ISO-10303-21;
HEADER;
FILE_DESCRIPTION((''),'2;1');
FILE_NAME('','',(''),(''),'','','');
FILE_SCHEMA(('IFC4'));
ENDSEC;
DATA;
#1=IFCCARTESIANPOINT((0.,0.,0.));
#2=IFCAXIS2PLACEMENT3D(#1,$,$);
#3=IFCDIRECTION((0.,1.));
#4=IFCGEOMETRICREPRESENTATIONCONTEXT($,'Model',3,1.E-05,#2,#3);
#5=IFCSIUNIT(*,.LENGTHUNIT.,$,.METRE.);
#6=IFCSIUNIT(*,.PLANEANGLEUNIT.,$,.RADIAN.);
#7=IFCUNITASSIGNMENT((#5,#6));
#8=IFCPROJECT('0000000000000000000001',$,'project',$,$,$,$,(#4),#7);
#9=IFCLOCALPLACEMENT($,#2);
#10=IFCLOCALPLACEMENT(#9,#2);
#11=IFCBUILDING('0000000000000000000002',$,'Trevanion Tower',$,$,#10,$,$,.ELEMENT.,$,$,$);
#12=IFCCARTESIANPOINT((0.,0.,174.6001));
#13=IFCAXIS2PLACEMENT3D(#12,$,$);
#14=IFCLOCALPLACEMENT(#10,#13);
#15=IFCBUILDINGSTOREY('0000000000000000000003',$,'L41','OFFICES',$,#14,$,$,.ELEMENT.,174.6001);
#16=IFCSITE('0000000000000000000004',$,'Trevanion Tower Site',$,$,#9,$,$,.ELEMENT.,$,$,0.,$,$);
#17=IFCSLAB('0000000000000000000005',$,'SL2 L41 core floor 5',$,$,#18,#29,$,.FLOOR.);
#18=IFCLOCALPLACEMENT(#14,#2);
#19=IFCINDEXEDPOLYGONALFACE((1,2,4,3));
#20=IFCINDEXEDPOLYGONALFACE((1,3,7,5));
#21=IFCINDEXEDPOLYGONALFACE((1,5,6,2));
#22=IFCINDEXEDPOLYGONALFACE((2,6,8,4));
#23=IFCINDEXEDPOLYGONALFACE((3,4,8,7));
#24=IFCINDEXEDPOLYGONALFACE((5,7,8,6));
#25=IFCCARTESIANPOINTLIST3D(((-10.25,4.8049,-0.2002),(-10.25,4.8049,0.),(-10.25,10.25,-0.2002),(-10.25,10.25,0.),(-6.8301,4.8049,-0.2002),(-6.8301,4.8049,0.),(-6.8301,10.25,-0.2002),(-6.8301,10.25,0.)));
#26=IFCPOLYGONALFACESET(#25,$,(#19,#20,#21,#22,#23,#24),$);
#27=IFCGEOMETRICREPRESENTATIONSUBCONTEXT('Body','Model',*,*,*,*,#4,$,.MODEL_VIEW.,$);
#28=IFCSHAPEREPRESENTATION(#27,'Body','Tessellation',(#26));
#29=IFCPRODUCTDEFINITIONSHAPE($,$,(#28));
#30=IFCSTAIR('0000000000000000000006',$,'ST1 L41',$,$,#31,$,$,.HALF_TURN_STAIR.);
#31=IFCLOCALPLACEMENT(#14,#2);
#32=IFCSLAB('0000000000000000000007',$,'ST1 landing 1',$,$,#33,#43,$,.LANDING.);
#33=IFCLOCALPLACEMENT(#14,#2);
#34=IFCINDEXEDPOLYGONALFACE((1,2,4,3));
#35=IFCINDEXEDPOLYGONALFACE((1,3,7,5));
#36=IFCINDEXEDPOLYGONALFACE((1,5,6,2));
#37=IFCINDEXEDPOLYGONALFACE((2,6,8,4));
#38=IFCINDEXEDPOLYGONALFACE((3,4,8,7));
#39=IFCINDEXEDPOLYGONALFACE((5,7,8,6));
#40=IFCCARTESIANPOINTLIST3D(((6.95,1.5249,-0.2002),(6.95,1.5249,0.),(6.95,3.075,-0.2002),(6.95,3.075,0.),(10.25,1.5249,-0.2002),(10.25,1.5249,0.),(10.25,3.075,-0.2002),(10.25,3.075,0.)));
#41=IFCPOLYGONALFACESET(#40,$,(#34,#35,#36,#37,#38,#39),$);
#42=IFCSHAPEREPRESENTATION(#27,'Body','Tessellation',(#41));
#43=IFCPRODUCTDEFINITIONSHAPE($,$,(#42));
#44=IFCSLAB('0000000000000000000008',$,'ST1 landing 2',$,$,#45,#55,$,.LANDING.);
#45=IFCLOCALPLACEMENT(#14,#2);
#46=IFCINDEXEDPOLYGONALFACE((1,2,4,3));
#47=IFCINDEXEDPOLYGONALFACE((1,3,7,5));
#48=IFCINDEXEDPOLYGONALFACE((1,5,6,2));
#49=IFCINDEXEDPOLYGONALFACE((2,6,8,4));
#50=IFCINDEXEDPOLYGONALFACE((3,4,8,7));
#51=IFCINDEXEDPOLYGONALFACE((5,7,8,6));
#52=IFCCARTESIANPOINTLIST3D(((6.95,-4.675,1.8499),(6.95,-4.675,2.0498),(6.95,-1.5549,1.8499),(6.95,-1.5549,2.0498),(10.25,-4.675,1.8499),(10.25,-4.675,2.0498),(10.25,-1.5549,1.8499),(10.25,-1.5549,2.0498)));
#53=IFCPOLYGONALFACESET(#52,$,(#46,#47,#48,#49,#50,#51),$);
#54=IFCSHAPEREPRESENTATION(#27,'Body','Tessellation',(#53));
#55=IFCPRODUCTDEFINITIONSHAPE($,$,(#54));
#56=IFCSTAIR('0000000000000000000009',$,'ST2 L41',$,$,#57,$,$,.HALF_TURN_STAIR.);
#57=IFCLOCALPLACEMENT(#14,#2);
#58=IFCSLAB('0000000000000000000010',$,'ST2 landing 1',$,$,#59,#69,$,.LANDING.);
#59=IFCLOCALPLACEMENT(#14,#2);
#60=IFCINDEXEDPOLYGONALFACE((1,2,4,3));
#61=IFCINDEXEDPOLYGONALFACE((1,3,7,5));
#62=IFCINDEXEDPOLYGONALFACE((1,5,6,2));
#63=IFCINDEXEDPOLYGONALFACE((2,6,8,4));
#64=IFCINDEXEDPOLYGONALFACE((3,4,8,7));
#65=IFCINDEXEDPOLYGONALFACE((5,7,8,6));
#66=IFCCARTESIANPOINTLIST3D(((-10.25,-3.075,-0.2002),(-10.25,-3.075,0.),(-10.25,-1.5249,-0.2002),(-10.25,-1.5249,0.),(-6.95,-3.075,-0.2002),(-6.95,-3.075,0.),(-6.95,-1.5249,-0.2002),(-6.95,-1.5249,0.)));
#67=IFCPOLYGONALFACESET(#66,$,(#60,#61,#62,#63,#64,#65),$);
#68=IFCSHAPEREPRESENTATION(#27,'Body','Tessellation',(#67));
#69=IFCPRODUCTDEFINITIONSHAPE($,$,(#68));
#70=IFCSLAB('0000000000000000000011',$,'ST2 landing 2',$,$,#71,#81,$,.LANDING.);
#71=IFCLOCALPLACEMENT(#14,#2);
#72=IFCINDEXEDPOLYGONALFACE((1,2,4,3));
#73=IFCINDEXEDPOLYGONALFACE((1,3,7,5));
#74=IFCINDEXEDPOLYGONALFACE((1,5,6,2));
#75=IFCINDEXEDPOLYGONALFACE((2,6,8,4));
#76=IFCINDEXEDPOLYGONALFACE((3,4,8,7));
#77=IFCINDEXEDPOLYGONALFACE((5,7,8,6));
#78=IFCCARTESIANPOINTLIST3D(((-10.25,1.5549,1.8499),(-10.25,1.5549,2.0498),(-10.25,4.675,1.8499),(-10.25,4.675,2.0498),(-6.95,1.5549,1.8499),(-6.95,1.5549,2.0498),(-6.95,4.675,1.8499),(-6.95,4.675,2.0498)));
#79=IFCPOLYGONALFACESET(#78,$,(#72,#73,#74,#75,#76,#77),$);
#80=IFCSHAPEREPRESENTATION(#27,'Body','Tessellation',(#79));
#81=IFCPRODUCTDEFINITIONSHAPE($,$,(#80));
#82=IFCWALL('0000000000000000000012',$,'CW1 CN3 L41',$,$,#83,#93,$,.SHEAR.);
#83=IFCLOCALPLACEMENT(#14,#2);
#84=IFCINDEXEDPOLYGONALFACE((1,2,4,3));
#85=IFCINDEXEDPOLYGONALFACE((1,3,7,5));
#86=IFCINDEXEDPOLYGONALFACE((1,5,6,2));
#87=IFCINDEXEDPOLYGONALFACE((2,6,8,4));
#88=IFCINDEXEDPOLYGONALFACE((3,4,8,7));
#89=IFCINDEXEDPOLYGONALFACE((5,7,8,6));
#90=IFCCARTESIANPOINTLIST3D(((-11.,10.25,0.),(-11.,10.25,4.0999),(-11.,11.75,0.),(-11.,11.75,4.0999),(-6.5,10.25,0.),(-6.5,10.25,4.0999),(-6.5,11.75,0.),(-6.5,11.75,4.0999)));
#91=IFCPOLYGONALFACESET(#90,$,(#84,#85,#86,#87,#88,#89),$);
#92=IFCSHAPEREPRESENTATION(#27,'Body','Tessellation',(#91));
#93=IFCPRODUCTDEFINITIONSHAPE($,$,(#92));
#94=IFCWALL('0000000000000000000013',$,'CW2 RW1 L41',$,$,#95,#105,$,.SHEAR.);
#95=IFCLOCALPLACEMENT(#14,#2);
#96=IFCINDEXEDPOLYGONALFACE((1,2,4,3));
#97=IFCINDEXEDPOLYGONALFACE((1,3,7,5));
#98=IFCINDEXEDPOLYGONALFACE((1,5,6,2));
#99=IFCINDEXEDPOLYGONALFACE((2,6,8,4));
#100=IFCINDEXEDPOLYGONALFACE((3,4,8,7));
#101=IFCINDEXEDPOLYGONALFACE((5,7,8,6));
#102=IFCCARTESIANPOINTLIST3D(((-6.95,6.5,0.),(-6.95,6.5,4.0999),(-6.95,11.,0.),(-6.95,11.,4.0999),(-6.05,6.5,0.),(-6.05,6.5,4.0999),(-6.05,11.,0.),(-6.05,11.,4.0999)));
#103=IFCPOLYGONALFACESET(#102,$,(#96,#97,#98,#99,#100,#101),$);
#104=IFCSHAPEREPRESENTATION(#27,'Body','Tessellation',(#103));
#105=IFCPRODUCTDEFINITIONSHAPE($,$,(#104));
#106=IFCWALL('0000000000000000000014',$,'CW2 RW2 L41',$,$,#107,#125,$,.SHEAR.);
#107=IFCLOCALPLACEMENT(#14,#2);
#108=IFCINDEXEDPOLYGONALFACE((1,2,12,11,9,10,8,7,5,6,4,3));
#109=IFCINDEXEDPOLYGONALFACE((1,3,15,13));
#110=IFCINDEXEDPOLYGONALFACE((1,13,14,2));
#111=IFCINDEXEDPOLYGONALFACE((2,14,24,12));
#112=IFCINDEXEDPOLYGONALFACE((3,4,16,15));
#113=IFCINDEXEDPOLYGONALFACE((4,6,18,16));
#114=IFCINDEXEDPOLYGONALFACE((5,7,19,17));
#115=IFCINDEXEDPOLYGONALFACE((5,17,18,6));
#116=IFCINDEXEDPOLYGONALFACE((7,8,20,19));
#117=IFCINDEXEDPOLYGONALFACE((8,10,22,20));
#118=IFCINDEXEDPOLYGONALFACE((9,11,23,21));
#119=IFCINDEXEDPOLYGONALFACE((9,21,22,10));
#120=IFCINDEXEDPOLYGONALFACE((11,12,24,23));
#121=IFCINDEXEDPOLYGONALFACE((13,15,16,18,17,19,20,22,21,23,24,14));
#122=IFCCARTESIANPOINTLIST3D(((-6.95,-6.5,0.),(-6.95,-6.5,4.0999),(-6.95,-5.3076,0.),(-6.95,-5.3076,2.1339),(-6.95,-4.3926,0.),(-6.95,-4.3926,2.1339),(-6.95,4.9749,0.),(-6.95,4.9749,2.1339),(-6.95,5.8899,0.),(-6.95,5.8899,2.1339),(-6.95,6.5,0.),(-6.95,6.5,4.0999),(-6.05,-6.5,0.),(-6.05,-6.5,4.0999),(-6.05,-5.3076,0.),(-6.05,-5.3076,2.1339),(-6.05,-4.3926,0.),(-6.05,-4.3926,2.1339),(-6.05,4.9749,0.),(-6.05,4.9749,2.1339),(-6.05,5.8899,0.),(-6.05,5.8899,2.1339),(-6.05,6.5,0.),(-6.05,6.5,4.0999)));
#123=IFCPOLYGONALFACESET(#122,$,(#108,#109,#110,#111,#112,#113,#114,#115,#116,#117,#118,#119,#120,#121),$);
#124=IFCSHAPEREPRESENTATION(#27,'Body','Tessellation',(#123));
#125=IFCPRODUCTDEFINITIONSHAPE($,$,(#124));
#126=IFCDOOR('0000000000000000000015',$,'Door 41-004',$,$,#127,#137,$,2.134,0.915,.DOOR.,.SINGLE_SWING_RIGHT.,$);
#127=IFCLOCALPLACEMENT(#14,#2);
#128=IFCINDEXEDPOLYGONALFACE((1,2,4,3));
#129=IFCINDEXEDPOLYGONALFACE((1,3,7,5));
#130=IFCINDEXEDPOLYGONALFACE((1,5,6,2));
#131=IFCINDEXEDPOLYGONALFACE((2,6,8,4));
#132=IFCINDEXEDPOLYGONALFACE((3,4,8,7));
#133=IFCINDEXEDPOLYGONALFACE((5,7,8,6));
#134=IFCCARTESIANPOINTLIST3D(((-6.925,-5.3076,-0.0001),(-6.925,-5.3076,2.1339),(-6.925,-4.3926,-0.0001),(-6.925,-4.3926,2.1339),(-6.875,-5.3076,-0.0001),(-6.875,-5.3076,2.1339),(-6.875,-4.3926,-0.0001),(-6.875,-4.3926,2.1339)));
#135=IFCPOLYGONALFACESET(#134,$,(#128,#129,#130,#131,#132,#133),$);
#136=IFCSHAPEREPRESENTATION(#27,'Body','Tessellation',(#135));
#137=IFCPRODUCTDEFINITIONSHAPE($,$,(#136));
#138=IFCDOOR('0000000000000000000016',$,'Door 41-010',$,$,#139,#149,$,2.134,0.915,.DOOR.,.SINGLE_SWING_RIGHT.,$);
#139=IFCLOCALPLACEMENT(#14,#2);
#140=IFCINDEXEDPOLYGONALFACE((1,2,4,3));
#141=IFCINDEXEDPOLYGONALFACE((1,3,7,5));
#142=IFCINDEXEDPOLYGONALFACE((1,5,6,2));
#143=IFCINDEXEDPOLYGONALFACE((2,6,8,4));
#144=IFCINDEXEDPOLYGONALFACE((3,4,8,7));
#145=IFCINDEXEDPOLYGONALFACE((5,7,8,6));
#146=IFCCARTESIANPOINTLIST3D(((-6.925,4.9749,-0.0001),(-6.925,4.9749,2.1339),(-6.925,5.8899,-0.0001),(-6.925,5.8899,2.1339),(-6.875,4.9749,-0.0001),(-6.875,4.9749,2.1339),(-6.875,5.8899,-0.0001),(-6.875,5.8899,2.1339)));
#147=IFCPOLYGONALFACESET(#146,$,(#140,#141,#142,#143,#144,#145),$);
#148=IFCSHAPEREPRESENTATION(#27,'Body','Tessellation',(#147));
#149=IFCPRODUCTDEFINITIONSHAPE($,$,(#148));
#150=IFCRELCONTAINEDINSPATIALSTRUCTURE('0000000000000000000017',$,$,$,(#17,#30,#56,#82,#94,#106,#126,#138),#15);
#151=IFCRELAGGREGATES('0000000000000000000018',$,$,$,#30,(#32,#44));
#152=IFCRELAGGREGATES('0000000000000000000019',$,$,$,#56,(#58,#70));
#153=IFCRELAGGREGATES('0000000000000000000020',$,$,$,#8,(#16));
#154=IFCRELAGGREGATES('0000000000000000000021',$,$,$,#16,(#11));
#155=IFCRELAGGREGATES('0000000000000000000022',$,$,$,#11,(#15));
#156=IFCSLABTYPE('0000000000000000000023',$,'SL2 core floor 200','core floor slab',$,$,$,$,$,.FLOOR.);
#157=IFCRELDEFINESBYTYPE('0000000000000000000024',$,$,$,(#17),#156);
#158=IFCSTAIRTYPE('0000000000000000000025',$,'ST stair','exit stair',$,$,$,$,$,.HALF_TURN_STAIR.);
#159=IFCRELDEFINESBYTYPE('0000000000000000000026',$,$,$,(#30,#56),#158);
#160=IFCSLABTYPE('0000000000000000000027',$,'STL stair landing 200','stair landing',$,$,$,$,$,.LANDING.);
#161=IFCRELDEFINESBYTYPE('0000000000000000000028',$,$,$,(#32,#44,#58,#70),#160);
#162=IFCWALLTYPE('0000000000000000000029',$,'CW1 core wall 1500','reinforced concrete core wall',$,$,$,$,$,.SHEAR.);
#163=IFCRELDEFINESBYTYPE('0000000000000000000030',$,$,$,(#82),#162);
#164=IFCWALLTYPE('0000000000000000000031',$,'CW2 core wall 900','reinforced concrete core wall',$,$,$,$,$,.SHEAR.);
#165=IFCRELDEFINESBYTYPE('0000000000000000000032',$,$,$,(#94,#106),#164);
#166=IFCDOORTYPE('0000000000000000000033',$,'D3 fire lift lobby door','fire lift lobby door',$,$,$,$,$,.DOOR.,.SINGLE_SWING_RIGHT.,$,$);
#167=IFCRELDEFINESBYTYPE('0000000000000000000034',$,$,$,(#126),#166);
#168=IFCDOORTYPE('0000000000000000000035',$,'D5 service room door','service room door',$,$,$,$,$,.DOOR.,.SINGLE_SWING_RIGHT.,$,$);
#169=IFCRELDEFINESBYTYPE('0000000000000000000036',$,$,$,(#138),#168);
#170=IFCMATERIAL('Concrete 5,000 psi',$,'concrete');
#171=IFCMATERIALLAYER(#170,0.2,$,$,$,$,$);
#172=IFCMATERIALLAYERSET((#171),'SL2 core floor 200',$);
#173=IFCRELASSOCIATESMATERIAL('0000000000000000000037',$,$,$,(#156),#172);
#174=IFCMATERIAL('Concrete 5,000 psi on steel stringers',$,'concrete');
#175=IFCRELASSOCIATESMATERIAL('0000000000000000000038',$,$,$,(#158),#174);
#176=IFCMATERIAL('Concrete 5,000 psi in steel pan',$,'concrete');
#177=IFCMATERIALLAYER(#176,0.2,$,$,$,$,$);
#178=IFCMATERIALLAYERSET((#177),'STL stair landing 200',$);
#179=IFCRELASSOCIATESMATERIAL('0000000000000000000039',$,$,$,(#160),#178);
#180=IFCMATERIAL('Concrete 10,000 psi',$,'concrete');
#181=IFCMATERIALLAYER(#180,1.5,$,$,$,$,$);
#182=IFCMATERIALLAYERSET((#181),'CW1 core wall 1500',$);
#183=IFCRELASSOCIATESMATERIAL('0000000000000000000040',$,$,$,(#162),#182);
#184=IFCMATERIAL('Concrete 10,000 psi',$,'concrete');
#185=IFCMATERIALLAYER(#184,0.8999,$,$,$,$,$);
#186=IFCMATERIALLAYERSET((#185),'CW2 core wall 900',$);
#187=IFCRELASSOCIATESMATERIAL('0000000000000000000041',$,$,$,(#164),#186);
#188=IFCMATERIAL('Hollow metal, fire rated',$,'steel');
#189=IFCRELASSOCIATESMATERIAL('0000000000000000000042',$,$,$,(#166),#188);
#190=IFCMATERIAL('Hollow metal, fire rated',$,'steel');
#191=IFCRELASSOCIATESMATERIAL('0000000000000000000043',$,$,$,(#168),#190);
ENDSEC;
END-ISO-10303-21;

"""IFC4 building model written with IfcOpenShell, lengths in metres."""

from ifc_helpers import new_model, si_unit, direction, frame, frame_2d, origin, place, context, subcontext, project, spatial, polyline, rectangle, outline, extrude, material, layer, layer_set, type_object, element, fill, aggregate, save


model = new_model("IFC4")

# Units and contexts
model_context = context("Model", 3, precision=1e-05, world=origin(), true_north=direction((0.0, 1.0)))
body_context = subcontext(model_context, "Body", "Model", "MODEL_VIEW")
ifc_project = project(units=[si_unit("LENGTHUNIT", "METRE"), si_unit("PLANEANGLEUNIT", "RADIAN")], contexts=[model_context])

# Site, building, storey
site_placement = place(None, origin())
site = spatial("IfcSite", under=ifc_project, at=site_placement, Name="Trevanion Tower Site", CompositionType="ELEMENT", RefElevation=0.0)
building_placement = place(site_placement, origin())
building = spatial("IfcBuilding", under=site, at=building_placement, Name="Trevanion Tower", CompositionType="ELEMENT")
storey_placement = place(building_placement, frame((0.0, 0.0, 174.6001)))
storey = spatial("IfcBuildingStorey", under=building, at=storey_placement, Name="L41", Description="OFFICES", CompositionType="ELEMENT", Elevation=174.6001)

# Slab
ifc_material_1 = material(Name="Concrete 5,000 psi", Category="concrete")
ifc_layer_1 = layer(ifc_material_1, 0.2)
ifc_layer_set_1 = layer_set([ifc_layer_1], Name="SL2 core floor 200")
slab_type_1 = type_object("IfcSlabType", Name="SL2 core floor 200", Description="core floor slab", PredefinedType="FLOOR", material=ifc_layer_set_1)
slab_1_placement = place(storey_placement, frame((0.0, 0.0, -0.2002)))
element("IfcSlab", 1, at=slab_1_placement, inside=storey, type_object=slab_type_1, Name="SL2 L41 core floor 5", PredefinedType="FLOOR", context=body_context, shape_type="SweptSolid", body=[
    extrude(outline(polyline([(-6.8301, 4.8049), (-10.25, 4.8049), (-10.25, 10.25), (-6.8301, 10.25), (-6.8301, 4.8049)])), origin(), (0.0, 0.0, 1.0), 0.2002),
])

# Stairs, slabs
ifc_material_2 = material(Name="Concrete 5,000 psi on steel stringers", Category="concrete")
stair_type = type_object("IfcStairType", Name="ST stair", Description="exit stair", PredefinedType="HALF_TURN_STAIR", material=ifc_material_2)
stair_1_placement = place(storey_placement, origin())
stair_1 = element("IfcStair", 2, at=stair_1_placement, inside=storey, type_object=stair_type, Name="ST1 L41", PredefinedType="HALF_TURN_STAIR")
ifc_material_3 = material(Name="Concrete 5,000 psi in steel pan", Category="concrete")
ifc_layer_2 = layer(ifc_material_3, 0.2)
ifc_layer_set_2 = layer_set([ifc_layer_2], Name="STL stair landing 200")
slab_type_2 = type_object("IfcSlabType", Name="STL stair landing 200", Description="stair landing", PredefinedType="LANDING", material=ifc_layer_set_2)
slab_2_placement = place(storey_placement, frame((0.0, 0.0, -0.2002)))
slab_2 = element("IfcSlab", 3, at=slab_2_placement, type_object=slab_type_2, Name="ST1 landing 1", PredefinedType="LANDING", context=body_context, shape_type="SweptSolid", body=[
    extrude(outline(polyline([(6.95, 1.5249), (10.25, 1.5249), (10.25, 3.075), (6.95, 3.075), (6.95, 1.5249)])), origin(), (0.0, 0.0, 1.0), 0.2002),
])
slab_3_placement = place(storey_placement, frame((0.0, 0.0, 1.8499)))
slab_3 = element("IfcSlab", 4, at=slab_3_placement, type_object=slab_type_2, Name="ST1 landing 2", PredefinedType="LANDING", context=body_context, shape_type="SweptSolid", body=[
    extrude(outline(polyline([(6.95, -4.675), (10.25, -4.675), (10.25, -1.5549), (6.95, -1.5549), (6.95, -4.675)])), origin(), (0.0, 0.0, 1.0), 0.2),
])
aggregate(stair_1, [slab_2, slab_3])
stair_2_placement = place(storey_placement, origin())
stair_2 = element("IfcStair", 5, at=stair_2_placement, inside=storey, type_object=stair_type, Name="ST2 L41", PredefinedType="HALF_TURN_STAIR")
slab_4_placement = place(storey_placement, frame((0.0, 0.0, -0.2002)))
slab_4 = element("IfcSlab", 6, at=slab_4_placement, type_object=slab_type_2, Name="ST2 landing 1", PredefinedType="LANDING", context=body_context, shape_type="SweptSolid", body=[
    extrude(outline(polyline([(-6.95, -1.5249), (-10.25, -1.5249), (-10.25, -3.075), (-6.95, -3.075), (-6.95, -1.5249)])), origin(), (0.0, 0.0, 1.0), 0.2002),
])
slab_5_placement = place(storey_placement, frame((0.0, 0.0, 1.8499)))
slab_5 = element("IfcSlab", 7, at=slab_5_placement, type_object=slab_type_2, Name="ST2 landing 2", PredefinedType="LANDING", context=body_context, shape_type="SweptSolid", body=[
    extrude(outline(polyline([(-6.95, 4.675), (-10.25, 4.675), (-10.25, 1.5549), (-6.95, 1.5549), (-6.95, 4.675)])), origin(), (0.0, 0.0, 1.0), 0.2),
])

# Walls
ifc_material_4 = material(Name="Concrete 10,000 psi", Category="concrete")
ifc_layer_3 = layer(ifc_material_4, 1.5)
ifc_layer_set_3 = layer_set([ifc_layer_3], Name="CW1 core wall 1500")
wall_type_1 = type_object("IfcWallType", Name="CW1 core wall 1500", Description="reinforced concrete core wall", PredefinedType="SHEAR", material=ifc_layer_set_3)
wall_1_placement = place(storey_placement, frame((-6.5, 11.0, 0.0), z_axis=(0.0, 0.0, 1.0), x_axis=(-1.0, 0.0, 0.0)))
element("IfcWall", 8, at=wall_1_placement, inside=storey, type_object=wall_type_1, Name="CW1 CN3 L41", PredefinedType="SHEAR", context=body_context, shape_type="SweptSolid", body=[
    extrude(rectangle(XDim=4.5, YDim=1.5, at=frame_2d((2.25, 0.0))), origin(), (0.0, 0.0, 1.0), 4.0999),
])
ifc_material_5 = material(Name="Concrete 10,000 psi", Category="concrete")
ifc_layer_4 = layer(ifc_material_5, 0.8999)
ifc_layer_set_4 = layer_set([ifc_layer_4], Name="CW2 core wall 900")
wall_type_2 = type_object("IfcWallType", Name="CW2 core wall 900", Description="reinforced concrete core wall", PredefinedType="SHEAR", material=ifc_layer_set_4)
wall_2_placement = place(storey_placement, frame((-6.5, 11.0, 0.0), z_axis=(0.0, 0.0, 1.0), x_axis=(0.0, -1.0, 0.0)))
element("IfcWall", 9, at=wall_2_placement, inside=storey, type_object=wall_type_2, Name="CW2 RW1 L41", PredefinedType="SHEAR", context=body_context, shape_type="SweptSolid", body=[
    extrude(rectangle(XDim=4.5, YDim=0.8999, at=frame_2d((2.25, 0.0))), origin(), (0.0, 0.0, 1.0), 4.0999),
])

# Wall, openings, doors
wall_3_placement = place(storey_placement, frame((-6.5, 6.5, 0.0), z_axis=(0.0, 0.0, 1.0), x_axis=(0.0, -1.0, 0.0)))
wall_3 = element("IfcWall", 10, at=wall_3_placement, inside=storey, type_object=wall_type_2, Name="CW2 RW2 L41", PredefinedType="SHEAR", context=body_context, shape_type="SweptSolid", body=[
    extrude(rectangle(XDim=13.0, YDim=0.8999, at=frame_2d((6.5, 0.0))), origin(), (0.0, 0.0, 1.0), 4.0999),
])
opening_1_placement = place(wall_3_placement, frame((10.8926, 0.0, 0.0)))
opening_1 = element("IfcOpeningElement", 11, at=opening_1_placement, cuts=wall_3, PredefinedType="OPENING", context=body_context, shape_type="SweptSolid", body=[
    extrude(rectangle(XDim=0.915, YDim=2.134, at=frame_2d((0.4575, 1.0669))), frame((0.0, 0.46, 0.0), z_axis=(0.0, -1.0, 0.0), x_axis=(1.0, 0.0, 0.0)), (0.0, 0.0, 1.0), 0.9199),
])
opening_2_placement = place(wall_3_placement, frame((0.6101, 0.0, 0.0)))
opening_2 = element("IfcOpeningElement", 12, at=opening_2_placement, cuts=wall_3, PredefinedType="OPENING", context=body_context, shape_type="SweptSolid", body=[
    extrude(rectangle(XDim=0.915, YDim=2.134, at=frame_2d((0.4575, 1.0669))), frame((0.0, 0.46, 0.0), z_axis=(0.0, -1.0, 0.0), x_axis=(1.0, 0.0, 0.0)), (0.0, 0.0, 1.0), 0.9199),
])
ifc_material_6 = material(Name="Hollow metal, fire rated", Category="steel")
door_type_1 = type_object("IfcDoorType", Name="D3 fire lift lobby door", Description="fire lift lobby door", OperationType="SINGLE_SWING_RIGHT", PredefinedType="DOOR", material=ifc_material_6)
door_1_placement = place(opening_1_placement, origin())
door_1 = element("IfcDoor", 13, at=door_1_placement, inside=storey, type_object=door_type_1, Name="Door 41-004", OperationType="SINGLE_SWING_RIGHT", OverallHeight=2.134, OverallWidth=0.915, PredefinedType="DOOR", context=body_context, shape_type="SweptSolid", body=[
    extrude(rectangle(XDim=0.915, YDim=2.134, at=frame_2d((0.4575, 1.0669))), frame((0.0, -0.375, 0.0), z_axis=(0.0, -1.0, 0.0), x_axis=(1.0, 0.0, 0.0)), (0.0, 0.0, 1.0), 0.05),
])
fill(opening_1, door_1)
ifc_material_7 = material(Name="Hollow metal, fire rated", Category="steel")
door_type_2 = type_object("IfcDoorType", Name="D5 service room door", Description="service room door", OperationType="SINGLE_SWING_RIGHT", PredefinedType="DOOR", material=ifc_material_7)
door_2_placement = place(opening_2_placement, origin())
door_2 = element("IfcDoor", 14, at=door_2_placement, inside=storey, type_object=door_type_2, Name="Door 41-010", OperationType="SINGLE_SWING_RIGHT", OverallHeight=2.134, OverallWidth=0.915, PredefinedType="DOOR", context=body_context, shape_type="SweptSolid", body=[
    extrude(rectangle(XDim=0.915, YDim=2.134, at=frame_2d((0.4575, 1.0669))), frame((0.0, -0.375, 0.0), z_axis=(0.0, -1.0, 0.0), x_axis=(1.0, 0.0, 0.0)), (0.0, 0.0, 1.0), 0.05),
])
fill(opening_2, door_2)

aggregate(stair_2, [slab_4, slab_5])

save(model, "model.ifc")
